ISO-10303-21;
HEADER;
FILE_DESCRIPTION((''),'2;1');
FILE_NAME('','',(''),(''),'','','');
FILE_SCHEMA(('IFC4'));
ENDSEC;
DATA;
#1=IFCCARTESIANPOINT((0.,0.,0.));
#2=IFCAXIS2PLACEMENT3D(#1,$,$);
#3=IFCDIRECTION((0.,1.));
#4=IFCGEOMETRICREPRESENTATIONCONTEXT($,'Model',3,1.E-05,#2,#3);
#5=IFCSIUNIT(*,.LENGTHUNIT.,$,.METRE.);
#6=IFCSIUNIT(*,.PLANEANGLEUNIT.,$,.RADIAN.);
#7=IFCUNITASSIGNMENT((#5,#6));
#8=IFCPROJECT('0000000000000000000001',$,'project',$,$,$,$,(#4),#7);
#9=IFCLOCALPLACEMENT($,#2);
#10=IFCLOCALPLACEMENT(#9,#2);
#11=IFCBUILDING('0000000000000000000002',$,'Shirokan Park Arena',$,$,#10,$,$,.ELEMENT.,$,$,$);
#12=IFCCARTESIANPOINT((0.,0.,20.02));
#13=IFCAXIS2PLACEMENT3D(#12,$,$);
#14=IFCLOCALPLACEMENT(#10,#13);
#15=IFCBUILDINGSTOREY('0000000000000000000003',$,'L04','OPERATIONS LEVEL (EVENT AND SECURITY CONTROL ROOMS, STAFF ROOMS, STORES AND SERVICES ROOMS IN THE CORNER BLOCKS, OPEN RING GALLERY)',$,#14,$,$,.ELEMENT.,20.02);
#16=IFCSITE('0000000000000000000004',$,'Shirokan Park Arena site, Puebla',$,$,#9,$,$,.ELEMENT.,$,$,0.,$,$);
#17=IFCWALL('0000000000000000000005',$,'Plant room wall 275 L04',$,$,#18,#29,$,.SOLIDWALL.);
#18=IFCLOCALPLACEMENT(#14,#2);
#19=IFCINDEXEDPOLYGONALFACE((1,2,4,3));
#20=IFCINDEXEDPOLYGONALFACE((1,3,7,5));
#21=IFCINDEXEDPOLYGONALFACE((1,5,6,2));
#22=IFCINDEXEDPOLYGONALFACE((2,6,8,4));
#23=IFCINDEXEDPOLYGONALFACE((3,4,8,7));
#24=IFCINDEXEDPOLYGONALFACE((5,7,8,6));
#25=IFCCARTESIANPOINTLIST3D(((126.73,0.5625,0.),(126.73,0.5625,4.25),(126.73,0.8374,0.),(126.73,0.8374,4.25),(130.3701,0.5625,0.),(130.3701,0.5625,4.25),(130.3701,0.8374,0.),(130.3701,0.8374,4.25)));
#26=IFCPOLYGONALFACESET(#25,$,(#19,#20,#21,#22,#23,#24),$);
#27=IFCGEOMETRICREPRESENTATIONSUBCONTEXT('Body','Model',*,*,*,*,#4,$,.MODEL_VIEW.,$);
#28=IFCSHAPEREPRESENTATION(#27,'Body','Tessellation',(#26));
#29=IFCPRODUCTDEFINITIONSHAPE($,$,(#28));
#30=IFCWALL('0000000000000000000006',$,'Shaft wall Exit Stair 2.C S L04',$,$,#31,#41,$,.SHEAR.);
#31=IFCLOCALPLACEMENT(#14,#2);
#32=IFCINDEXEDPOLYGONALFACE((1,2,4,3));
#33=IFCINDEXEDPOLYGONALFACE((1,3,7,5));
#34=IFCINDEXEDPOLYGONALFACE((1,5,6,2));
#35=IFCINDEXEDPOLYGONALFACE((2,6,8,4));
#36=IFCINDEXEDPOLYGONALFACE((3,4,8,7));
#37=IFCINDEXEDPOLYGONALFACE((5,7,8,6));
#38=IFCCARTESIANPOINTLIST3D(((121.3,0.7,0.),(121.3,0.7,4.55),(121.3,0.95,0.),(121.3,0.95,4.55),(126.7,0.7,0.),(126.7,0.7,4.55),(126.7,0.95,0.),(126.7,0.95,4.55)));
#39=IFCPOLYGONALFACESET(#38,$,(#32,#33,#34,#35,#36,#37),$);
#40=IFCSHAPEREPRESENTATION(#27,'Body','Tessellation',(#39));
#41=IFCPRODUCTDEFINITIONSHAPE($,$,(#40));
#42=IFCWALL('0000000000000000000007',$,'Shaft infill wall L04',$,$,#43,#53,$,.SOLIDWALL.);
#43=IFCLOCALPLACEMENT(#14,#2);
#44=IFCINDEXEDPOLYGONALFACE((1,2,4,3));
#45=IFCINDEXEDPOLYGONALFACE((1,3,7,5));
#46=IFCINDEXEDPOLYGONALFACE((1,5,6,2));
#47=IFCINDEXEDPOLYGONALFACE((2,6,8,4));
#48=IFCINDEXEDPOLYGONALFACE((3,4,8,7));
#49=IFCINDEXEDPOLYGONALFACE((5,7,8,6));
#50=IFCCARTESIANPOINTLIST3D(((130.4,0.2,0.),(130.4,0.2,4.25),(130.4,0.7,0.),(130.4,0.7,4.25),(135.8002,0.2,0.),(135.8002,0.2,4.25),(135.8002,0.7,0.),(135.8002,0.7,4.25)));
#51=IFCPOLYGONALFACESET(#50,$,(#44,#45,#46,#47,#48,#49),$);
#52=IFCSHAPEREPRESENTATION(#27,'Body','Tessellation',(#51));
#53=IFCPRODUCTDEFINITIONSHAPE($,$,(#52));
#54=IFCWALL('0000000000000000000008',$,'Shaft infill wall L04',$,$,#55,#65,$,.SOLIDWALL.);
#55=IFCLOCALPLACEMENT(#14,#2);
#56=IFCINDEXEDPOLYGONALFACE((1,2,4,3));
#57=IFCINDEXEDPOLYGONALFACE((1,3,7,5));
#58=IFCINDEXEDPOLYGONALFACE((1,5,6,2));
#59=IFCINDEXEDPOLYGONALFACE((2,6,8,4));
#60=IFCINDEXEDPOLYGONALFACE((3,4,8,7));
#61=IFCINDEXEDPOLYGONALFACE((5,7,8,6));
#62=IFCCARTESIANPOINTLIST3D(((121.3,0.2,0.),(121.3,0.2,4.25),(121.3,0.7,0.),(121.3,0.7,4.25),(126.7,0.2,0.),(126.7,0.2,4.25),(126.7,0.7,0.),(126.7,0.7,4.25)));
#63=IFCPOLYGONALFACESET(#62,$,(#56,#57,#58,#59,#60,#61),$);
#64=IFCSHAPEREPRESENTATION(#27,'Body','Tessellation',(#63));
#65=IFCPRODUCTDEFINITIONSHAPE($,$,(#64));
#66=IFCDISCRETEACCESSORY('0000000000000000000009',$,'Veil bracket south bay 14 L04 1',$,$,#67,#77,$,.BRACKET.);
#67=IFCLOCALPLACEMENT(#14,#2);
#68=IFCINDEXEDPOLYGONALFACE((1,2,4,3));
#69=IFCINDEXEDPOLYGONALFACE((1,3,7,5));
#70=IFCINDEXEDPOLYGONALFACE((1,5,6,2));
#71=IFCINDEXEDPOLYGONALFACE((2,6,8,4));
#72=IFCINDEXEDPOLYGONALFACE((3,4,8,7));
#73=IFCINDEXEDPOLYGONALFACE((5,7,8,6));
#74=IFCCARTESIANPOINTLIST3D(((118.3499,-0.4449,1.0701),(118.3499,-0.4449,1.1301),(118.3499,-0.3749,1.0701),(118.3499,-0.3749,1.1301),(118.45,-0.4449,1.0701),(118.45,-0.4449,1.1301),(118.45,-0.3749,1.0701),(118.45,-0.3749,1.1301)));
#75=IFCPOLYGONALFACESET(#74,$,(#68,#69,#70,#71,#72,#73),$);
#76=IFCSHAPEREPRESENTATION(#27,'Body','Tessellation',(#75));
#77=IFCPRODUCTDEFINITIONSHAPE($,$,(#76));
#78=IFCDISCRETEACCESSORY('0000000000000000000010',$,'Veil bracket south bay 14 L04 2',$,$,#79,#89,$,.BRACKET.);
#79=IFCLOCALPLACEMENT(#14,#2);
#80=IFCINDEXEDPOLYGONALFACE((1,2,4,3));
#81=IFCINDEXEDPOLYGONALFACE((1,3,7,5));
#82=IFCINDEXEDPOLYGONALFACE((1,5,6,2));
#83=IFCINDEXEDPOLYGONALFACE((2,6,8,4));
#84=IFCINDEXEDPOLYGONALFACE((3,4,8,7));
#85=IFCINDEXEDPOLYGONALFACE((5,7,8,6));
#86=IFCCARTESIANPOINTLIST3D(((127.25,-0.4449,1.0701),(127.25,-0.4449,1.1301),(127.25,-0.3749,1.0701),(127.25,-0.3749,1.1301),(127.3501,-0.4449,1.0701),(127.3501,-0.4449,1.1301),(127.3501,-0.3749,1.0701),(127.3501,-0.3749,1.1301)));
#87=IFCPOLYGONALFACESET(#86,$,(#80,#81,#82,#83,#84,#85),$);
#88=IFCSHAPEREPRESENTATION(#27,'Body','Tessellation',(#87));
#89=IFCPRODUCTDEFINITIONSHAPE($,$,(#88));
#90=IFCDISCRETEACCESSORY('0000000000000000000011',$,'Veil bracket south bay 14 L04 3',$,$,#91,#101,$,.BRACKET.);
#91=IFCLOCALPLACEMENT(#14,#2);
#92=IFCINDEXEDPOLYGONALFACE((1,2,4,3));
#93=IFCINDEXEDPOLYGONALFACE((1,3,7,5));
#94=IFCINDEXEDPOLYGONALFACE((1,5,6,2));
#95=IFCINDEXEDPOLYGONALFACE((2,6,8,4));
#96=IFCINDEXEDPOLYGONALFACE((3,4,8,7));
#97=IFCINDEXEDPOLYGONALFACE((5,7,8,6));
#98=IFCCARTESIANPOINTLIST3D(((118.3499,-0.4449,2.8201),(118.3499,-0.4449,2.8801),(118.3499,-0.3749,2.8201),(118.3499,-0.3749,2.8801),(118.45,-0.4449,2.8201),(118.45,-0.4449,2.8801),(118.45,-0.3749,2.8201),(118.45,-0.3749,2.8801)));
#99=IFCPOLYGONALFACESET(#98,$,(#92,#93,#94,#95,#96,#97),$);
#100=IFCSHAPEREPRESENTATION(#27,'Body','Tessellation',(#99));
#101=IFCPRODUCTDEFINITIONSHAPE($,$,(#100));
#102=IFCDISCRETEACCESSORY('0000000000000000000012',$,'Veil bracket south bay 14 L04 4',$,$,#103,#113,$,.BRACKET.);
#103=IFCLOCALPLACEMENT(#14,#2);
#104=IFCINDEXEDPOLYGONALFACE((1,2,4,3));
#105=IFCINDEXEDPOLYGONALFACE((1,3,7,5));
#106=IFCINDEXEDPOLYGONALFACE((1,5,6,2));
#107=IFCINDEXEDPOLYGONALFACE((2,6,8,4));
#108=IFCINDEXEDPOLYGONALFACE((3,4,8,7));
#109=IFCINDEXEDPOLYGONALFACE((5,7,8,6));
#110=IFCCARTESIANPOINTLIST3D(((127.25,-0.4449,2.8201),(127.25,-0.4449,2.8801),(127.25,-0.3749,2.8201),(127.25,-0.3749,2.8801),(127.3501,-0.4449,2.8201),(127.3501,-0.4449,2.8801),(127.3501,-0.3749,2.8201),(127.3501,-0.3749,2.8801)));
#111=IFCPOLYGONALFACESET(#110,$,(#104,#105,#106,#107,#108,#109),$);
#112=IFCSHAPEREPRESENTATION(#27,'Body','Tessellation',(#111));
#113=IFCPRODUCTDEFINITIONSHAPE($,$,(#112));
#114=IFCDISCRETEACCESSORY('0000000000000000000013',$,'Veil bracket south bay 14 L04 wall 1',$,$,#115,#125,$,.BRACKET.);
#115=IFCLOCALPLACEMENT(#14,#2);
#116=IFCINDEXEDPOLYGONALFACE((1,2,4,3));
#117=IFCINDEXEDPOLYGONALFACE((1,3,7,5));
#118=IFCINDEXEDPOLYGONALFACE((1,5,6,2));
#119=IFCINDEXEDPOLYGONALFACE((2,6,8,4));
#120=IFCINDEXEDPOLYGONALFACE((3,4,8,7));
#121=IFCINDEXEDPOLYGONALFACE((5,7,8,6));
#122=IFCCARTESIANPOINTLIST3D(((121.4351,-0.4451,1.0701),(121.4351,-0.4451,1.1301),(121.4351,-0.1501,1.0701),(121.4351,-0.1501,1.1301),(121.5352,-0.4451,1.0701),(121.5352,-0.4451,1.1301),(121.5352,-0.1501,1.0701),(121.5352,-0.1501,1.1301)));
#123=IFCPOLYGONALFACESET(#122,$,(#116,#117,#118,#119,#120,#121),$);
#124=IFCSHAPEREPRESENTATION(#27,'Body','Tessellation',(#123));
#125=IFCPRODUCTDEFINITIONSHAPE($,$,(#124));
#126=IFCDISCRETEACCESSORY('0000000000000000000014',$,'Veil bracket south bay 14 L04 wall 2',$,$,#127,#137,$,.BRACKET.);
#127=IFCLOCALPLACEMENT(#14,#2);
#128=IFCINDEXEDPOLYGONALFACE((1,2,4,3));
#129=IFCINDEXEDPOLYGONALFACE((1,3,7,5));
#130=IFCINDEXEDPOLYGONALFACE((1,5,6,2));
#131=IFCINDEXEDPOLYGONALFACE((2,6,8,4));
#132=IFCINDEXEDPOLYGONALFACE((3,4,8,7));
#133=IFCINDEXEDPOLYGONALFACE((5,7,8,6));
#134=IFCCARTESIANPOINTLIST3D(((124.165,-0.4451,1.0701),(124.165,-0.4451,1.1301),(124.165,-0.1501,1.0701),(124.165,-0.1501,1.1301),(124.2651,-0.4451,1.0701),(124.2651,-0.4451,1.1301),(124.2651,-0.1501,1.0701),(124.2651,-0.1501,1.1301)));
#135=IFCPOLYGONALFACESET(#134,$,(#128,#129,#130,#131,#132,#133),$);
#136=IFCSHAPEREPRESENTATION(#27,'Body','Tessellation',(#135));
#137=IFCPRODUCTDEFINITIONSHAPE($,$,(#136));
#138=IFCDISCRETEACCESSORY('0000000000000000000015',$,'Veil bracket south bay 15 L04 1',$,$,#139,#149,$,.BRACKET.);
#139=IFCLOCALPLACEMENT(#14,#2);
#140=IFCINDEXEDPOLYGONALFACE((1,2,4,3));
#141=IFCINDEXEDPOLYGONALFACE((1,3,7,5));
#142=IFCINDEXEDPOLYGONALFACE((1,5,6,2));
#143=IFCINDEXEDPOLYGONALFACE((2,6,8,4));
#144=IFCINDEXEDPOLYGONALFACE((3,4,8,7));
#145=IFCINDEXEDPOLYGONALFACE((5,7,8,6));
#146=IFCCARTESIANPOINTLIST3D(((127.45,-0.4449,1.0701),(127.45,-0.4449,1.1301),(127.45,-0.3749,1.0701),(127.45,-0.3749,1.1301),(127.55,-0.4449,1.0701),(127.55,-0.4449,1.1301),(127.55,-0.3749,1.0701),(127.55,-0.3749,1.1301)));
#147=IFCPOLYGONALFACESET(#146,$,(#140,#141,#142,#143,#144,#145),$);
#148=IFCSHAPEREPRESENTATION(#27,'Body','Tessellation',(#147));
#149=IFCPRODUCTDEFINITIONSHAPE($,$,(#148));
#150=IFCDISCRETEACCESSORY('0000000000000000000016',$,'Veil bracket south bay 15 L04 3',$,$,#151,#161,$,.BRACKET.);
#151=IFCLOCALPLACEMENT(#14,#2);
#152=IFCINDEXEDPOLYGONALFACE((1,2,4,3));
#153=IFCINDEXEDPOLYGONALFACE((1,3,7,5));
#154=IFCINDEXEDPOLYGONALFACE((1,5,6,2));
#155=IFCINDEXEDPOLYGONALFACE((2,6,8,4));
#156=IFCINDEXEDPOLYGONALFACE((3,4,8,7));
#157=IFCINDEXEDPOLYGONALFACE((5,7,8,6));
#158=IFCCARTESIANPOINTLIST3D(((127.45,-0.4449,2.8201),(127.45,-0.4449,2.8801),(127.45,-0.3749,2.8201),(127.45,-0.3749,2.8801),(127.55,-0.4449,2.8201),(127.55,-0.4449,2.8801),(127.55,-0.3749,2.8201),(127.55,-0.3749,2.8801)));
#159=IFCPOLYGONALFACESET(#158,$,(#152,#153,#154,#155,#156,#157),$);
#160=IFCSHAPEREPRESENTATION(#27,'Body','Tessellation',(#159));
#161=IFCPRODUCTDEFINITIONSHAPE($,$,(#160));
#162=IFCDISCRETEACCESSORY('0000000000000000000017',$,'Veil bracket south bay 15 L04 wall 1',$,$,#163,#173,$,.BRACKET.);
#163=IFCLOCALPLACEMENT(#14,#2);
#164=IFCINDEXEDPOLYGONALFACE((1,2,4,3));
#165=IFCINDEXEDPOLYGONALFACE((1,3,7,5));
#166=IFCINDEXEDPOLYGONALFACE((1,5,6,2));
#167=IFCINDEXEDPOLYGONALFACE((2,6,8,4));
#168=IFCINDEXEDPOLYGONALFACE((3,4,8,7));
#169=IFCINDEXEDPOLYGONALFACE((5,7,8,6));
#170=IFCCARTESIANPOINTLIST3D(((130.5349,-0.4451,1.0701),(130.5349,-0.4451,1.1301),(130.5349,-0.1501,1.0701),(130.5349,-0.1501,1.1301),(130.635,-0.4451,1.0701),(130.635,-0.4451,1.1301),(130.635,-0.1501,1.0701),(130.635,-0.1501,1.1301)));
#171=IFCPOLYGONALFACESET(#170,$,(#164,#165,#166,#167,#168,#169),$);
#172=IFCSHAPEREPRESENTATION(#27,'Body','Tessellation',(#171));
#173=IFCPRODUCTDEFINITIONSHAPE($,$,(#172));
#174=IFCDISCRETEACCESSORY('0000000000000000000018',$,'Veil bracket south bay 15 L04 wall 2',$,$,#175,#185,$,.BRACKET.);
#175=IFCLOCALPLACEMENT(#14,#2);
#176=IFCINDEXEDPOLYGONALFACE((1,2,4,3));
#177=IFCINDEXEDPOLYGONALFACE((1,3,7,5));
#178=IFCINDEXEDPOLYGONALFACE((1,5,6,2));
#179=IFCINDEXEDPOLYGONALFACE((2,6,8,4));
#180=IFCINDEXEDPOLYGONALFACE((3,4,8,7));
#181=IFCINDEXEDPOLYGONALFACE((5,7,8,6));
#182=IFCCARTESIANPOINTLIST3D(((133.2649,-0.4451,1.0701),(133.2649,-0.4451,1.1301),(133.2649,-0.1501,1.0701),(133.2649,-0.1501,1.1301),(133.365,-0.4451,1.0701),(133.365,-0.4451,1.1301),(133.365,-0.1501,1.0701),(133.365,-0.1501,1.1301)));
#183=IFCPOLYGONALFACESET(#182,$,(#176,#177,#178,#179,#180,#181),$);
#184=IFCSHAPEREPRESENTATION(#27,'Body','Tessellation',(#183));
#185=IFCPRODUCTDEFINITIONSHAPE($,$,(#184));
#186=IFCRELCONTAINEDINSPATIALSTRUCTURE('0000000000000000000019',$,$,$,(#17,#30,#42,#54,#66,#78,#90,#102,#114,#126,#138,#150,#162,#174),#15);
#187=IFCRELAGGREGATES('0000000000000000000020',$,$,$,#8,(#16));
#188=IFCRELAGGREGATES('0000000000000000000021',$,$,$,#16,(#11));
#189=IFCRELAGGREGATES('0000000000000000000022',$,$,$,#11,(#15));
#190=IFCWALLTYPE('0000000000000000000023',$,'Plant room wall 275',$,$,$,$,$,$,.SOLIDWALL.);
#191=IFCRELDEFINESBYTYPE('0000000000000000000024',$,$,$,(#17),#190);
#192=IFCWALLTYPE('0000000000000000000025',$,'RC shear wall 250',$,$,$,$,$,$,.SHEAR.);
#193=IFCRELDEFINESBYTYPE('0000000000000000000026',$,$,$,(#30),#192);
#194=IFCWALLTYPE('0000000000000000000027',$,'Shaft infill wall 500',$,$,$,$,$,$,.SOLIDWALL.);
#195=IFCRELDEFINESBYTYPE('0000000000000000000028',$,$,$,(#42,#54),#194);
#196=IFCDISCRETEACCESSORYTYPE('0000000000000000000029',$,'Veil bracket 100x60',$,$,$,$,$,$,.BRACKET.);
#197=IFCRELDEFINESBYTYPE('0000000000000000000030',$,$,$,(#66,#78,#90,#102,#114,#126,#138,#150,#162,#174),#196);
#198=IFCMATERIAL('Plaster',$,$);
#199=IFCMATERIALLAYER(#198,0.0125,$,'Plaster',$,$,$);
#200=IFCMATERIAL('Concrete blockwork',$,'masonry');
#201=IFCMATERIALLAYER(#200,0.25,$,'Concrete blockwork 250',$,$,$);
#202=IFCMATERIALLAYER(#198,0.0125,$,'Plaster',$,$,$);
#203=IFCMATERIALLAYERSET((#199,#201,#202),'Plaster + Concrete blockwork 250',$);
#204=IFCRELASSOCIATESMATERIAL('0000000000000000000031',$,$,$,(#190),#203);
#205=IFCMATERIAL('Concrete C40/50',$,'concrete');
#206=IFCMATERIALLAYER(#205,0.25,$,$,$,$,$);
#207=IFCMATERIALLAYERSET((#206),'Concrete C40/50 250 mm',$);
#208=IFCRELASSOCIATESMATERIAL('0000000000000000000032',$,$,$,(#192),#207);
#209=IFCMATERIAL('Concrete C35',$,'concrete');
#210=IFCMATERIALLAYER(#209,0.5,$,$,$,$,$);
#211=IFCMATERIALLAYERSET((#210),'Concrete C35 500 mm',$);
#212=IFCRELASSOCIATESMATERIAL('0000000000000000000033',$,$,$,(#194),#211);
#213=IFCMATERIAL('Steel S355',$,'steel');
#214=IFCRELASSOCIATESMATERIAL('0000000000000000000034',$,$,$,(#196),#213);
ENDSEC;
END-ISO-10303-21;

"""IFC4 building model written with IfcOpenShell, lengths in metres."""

from ifc_helpers import new_model, si_unit, direction, frame, frame_2d, origin, origin_2d, place, context, subcontext, project, spatial, rectangle, extrude, material, layer, layer_set, type_object, element, save


model = new_model("IFC4")

# Units and contexts
model_context = context("Model", 3, precision=1e-05, world=origin(), true_north=direction((0.0, 1.0)))
body_context = subcontext(model_context, "Body", "Model", "MODEL_VIEW")
ifc_project = project(units=[si_unit("LENGTHUNIT", "METRE"), si_unit("PLANEANGLEUNIT", "RADIAN")], contexts=[model_context])

# Site, building, storey
site_placement = place(None, origin())
site = spatial("IfcSite", under=ifc_project, at=site_placement, Name="Shirokan Park Arena site, Puebla", CompositionType="ELEMENT", RefElevation=0.0)
building_placement = place(site_placement, origin())
building = spatial("IfcBuilding", under=site, at=building_placement, Name="Shirokan Park Arena", CompositionType="ELEMENT")
storey_placement = place(building_placement, frame((0.0, 0.0, 20.02)))
storey = spatial("IfcBuildingStorey", under=building, at=storey_placement, Name="L04", Description="OPERATIONS LEVEL (EVENT AND SECURITY CONTROL ROOMS, STAFF ROOMS, STORES AND SERVICES ROOMS IN THE CORNER BLOCKS, OPEN RING GALLERY)", CompositionType="ELEMENT", Elevation=20.02)

# Shared definitions
ifc_material_1 = material(Name="Concrete C35", Category="concrete")

# Shared definitions
ifc_material_2 = material(Name="Steel S355", Category="steel")

# Walls
ifc_material_3 = material(Name="Plaster")
ifc_layer_1 = layer(ifc_material_3, 0.0125, Name="Plaster")
ifc_material_4 = material(Name="Concrete blockwork", Category="masonry")
ifc_layer_2 = layer(ifc_material_4, 0.25, Name="Concrete blockwork 250")
ifc_layer_3 = layer(ifc_material_3, 0.0125, Name="Plaster")
ifc_layer_set_1 = layer_set([ifc_layer_1, ifc_layer_2, ifc_layer_3], Name="Plaster + Concrete blockwork 250")
wall_type_1 = type_object("IfcWallType", Name="Plant room wall 275", PredefinedType="SOLIDWALL", material=ifc_layer_set_1)
for number, where, z_axis, x_axis, name in (
    (1, (130.3701, 0.7, 0.0), (0.0, 0.0, 1.0), (-1.0, 0.0, 0.0), "Plant room wall 275 L04"),
):
    element("IfcWall", number, at=place(storey_placement, frame(where, z_axis=z_axis, x_axis=x_axis)), inside=storey, type_object=wall_type_1, Name=name, PredefinedType="SOLIDWALL", context=body_context, shape_type="SweptSolid", body=[
        extrude(rectangle(XDim=3.6401, YDim=0.2749, at=frame_2d((1.8201, 0.0))), origin(), (0.0, 0.0, 1.0), 4.25),
    ])
ifc_material_5 = material(Name="Concrete C40/50", Category="concrete")
ifc_layer_4 = layer(ifc_material_5, 0.25)
ifc_layer_set_2 = layer_set([ifc_layer_4], Name="Concrete C40/50 250 mm")
wall_type_2 = type_object("IfcWallType", Name="RC shear wall 250", PredefinedType="SHEAR", material=ifc_layer_set_2)
wall_1_placement = place(storey_placement, frame((126.7, 0.825, 0.0), z_axis=(0.0, 0.0, 1.0), x_axis=(-1.0, 0.0, 0.0)))
element("IfcWall", 2, at=wall_1_placement, inside=storey, type_object=wall_type_2, Name="Shaft wall Exit Stair 2.C S L04", PredefinedType="SHEAR", context=body_context, shape_type="SweptSolid", body=[
    extrude(rectangle(XDim=5.3999, YDim=0.25, at=frame_2d((2.7, 0.0))), origin(), (0.0, 0.0, 1.0), 4.55),
])
ifc_layer_5 = layer(ifc_material_1, 0.5)
ifc_layer_set_3 = layer_set([ifc_layer_5], Name="Concrete C35 500 mm")
wall_type_3 = type_object("IfcWallType", Name="Shaft infill wall 500", PredefinedType="SOLIDWALL", material=ifc_layer_set_3)
wall_2_placement = place(storey_placement, frame((130.3999, 0.45, 0.0), z_axis=(0.0, 0.0, 1.0), x_axis=(1.0, 0.0, 0.0)))
element("IfcWall", 3, at=wall_2_placement, inside=storey, type_object=wall_type_3, Name="Shaft infill wall L04", PredefinedType="SOLIDWALL", context=body_context, shape_type="SweptSolid", body=[
    extrude(rectangle(XDim=5.4001, YDim=0.5, at=frame_2d((2.7002, 0.0))), origin(), (0.0, 0.0, 1.0), 4.25),
])
wall_3_placement = place(storey_placement, frame((121.3, 0.45, 0.0), z_axis=(0.0, 0.0, 1.0), x_axis=(1.0, 0.0, 0.0)))
element("IfcWall", 4, at=wall_3_placement, inside=storey, type_object=wall_type_3, Name="Shaft infill wall L04", PredefinedType="SOLIDWALL", context=body_context, shape_type="SweptSolid", body=[
    extrude(rectangle(XDim=5.3999, YDim=0.5, at=frame_2d((2.7, 0.0))), origin(), (0.0, 0.0, 1.0), 4.25),
])

# Discrete accessories
discrete_accessory_type = type_object("IfcDiscreteAccessoryType", Name="Veil bracket 100x60", PredefinedType="BRACKET", material=ifc_material_2)
for number, where, z_axis, x_axis, name in (
    (5, (118.3999, -0.4099, 1.0701), (0.0, 0.0, 1.0), (1.0, 0.0, 0.0), "Veil bracket south bay 14 L04 1"),
    (6, (127.3, -0.4099, 1.0701), (0.0, 0.0, 1.0), (1.0, 0.0, 0.0), "Veil bracket south bay 14 L04 2"),
    (7, (118.3999, -0.4099, 2.8201), (0.0, 0.0, 1.0), (1.0, 0.0, 0.0), "Veil bracket south bay 14 L04 3"),
    (8, (127.3, -0.4099, 2.8201), (0.0, 0.0, 1.0), (1.0, 0.0, 0.0), "Veil bracket south bay 14 L04 4"),
):
    element("IfcDiscreteAccessory", number, at=place(storey_placement, frame(where, z_axis=z_axis, x_axis=x_axis)), inside=storey, type_object=discrete_accessory_type, Name=name, PredefinedType="BRACKET", context=body_context, shape_type="SweptSolid", body=[
        extrude(rectangle(XDim=0.1001, YDim=0.0701, at=origin_2d()), origin(), (0.0, 0.0, 1.0), 0.0601),
    ])
for number, where, z_axis, x_axis, name in (
    (9, (121.4851, -0.2976, 1.0701), (0.0, 0.0, 1.0), (1.0, 0.0, 0.0), "Veil bracket south bay 14 L04 wall 1"),
    (10, (124.2151, -0.2976, 1.0701), (0.0, 0.0, 1.0), (1.0, 0.0, 0.0), "Veil bracket south bay 14 L04 wall 2"),
):
    element("IfcDiscreteAccessory", number, at=place(storey_placement, frame(where, z_axis=z_axis, x_axis=x_axis)), inside=storey, type_object=discrete_accessory_type, Name=name, PredefinedType="BRACKET", context=body_context, shape_type="SweptSolid", body=[
        extrude(rectangle(XDim=0.1001, YDim=0.2949, at=origin_2d()), origin(), (0.0, 0.0, 1.0), 0.0601),
    ])
for number, where, z_axis, x_axis, name in (
    (11, (127.5, -0.4099, 1.0701), (0.0, 0.0, 1.0), (1.0, 0.0, 0.0), "Veil bracket south bay 15 L04 1"),
    (12, (127.5, -0.4099, 2.8201), (0.0, 0.0, 1.0), (1.0, 0.0, 0.0), "Veil bracket south bay 15 L04 3"),
):
    element("IfcDiscreteAccessory", number, at=place(storey_placement, frame(where, z_axis=z_axis, x_axis=x_axis)), inside=storey, type_object=discrete_accessory_type, Name=name, PredefinedType="BRACKET", context=body_context, shape_type="SweptSolid", body=[
        extrude(rectangle(XDim=0.1001, YDim=0.0701, at=origin_2d()), origin(), (0.0, 0.0, 1.0), 0.0601),
    ])
for number, where, z_axis, x_axis, name in (
    (13, (130.585, -0.2976, 1.0701), (0.0, 0.0, 1.0), (1.0, 0.0, 0.0), "Veil bracket south bay 15 L04 wall 1"),
    (14, (133.3149, -0.2976, 1.0701), (0.0, 0.0, 1.0), (1.0, 0.0, 0.0), "Veil bracket south bay 15 L04 wall 2"),
):
    element("IfcDiscreteAccessory", number, at=place(storey_placement, frame(where, z_axis=z_axis, x_axis=x_axis)), inside=storey, type_object=discrete_accessory_type, Name=name, PredefinedType="BRACKET", context=body_context, shape_type="SweptSolid", body=[
        extrude(rectangle(XDim=0.1001, YDim=0.2949, at=origin_2d()), origin(), (0.0, 0.0, 1.0), 0.0601),
    ])

save(model, "model.ifc")
